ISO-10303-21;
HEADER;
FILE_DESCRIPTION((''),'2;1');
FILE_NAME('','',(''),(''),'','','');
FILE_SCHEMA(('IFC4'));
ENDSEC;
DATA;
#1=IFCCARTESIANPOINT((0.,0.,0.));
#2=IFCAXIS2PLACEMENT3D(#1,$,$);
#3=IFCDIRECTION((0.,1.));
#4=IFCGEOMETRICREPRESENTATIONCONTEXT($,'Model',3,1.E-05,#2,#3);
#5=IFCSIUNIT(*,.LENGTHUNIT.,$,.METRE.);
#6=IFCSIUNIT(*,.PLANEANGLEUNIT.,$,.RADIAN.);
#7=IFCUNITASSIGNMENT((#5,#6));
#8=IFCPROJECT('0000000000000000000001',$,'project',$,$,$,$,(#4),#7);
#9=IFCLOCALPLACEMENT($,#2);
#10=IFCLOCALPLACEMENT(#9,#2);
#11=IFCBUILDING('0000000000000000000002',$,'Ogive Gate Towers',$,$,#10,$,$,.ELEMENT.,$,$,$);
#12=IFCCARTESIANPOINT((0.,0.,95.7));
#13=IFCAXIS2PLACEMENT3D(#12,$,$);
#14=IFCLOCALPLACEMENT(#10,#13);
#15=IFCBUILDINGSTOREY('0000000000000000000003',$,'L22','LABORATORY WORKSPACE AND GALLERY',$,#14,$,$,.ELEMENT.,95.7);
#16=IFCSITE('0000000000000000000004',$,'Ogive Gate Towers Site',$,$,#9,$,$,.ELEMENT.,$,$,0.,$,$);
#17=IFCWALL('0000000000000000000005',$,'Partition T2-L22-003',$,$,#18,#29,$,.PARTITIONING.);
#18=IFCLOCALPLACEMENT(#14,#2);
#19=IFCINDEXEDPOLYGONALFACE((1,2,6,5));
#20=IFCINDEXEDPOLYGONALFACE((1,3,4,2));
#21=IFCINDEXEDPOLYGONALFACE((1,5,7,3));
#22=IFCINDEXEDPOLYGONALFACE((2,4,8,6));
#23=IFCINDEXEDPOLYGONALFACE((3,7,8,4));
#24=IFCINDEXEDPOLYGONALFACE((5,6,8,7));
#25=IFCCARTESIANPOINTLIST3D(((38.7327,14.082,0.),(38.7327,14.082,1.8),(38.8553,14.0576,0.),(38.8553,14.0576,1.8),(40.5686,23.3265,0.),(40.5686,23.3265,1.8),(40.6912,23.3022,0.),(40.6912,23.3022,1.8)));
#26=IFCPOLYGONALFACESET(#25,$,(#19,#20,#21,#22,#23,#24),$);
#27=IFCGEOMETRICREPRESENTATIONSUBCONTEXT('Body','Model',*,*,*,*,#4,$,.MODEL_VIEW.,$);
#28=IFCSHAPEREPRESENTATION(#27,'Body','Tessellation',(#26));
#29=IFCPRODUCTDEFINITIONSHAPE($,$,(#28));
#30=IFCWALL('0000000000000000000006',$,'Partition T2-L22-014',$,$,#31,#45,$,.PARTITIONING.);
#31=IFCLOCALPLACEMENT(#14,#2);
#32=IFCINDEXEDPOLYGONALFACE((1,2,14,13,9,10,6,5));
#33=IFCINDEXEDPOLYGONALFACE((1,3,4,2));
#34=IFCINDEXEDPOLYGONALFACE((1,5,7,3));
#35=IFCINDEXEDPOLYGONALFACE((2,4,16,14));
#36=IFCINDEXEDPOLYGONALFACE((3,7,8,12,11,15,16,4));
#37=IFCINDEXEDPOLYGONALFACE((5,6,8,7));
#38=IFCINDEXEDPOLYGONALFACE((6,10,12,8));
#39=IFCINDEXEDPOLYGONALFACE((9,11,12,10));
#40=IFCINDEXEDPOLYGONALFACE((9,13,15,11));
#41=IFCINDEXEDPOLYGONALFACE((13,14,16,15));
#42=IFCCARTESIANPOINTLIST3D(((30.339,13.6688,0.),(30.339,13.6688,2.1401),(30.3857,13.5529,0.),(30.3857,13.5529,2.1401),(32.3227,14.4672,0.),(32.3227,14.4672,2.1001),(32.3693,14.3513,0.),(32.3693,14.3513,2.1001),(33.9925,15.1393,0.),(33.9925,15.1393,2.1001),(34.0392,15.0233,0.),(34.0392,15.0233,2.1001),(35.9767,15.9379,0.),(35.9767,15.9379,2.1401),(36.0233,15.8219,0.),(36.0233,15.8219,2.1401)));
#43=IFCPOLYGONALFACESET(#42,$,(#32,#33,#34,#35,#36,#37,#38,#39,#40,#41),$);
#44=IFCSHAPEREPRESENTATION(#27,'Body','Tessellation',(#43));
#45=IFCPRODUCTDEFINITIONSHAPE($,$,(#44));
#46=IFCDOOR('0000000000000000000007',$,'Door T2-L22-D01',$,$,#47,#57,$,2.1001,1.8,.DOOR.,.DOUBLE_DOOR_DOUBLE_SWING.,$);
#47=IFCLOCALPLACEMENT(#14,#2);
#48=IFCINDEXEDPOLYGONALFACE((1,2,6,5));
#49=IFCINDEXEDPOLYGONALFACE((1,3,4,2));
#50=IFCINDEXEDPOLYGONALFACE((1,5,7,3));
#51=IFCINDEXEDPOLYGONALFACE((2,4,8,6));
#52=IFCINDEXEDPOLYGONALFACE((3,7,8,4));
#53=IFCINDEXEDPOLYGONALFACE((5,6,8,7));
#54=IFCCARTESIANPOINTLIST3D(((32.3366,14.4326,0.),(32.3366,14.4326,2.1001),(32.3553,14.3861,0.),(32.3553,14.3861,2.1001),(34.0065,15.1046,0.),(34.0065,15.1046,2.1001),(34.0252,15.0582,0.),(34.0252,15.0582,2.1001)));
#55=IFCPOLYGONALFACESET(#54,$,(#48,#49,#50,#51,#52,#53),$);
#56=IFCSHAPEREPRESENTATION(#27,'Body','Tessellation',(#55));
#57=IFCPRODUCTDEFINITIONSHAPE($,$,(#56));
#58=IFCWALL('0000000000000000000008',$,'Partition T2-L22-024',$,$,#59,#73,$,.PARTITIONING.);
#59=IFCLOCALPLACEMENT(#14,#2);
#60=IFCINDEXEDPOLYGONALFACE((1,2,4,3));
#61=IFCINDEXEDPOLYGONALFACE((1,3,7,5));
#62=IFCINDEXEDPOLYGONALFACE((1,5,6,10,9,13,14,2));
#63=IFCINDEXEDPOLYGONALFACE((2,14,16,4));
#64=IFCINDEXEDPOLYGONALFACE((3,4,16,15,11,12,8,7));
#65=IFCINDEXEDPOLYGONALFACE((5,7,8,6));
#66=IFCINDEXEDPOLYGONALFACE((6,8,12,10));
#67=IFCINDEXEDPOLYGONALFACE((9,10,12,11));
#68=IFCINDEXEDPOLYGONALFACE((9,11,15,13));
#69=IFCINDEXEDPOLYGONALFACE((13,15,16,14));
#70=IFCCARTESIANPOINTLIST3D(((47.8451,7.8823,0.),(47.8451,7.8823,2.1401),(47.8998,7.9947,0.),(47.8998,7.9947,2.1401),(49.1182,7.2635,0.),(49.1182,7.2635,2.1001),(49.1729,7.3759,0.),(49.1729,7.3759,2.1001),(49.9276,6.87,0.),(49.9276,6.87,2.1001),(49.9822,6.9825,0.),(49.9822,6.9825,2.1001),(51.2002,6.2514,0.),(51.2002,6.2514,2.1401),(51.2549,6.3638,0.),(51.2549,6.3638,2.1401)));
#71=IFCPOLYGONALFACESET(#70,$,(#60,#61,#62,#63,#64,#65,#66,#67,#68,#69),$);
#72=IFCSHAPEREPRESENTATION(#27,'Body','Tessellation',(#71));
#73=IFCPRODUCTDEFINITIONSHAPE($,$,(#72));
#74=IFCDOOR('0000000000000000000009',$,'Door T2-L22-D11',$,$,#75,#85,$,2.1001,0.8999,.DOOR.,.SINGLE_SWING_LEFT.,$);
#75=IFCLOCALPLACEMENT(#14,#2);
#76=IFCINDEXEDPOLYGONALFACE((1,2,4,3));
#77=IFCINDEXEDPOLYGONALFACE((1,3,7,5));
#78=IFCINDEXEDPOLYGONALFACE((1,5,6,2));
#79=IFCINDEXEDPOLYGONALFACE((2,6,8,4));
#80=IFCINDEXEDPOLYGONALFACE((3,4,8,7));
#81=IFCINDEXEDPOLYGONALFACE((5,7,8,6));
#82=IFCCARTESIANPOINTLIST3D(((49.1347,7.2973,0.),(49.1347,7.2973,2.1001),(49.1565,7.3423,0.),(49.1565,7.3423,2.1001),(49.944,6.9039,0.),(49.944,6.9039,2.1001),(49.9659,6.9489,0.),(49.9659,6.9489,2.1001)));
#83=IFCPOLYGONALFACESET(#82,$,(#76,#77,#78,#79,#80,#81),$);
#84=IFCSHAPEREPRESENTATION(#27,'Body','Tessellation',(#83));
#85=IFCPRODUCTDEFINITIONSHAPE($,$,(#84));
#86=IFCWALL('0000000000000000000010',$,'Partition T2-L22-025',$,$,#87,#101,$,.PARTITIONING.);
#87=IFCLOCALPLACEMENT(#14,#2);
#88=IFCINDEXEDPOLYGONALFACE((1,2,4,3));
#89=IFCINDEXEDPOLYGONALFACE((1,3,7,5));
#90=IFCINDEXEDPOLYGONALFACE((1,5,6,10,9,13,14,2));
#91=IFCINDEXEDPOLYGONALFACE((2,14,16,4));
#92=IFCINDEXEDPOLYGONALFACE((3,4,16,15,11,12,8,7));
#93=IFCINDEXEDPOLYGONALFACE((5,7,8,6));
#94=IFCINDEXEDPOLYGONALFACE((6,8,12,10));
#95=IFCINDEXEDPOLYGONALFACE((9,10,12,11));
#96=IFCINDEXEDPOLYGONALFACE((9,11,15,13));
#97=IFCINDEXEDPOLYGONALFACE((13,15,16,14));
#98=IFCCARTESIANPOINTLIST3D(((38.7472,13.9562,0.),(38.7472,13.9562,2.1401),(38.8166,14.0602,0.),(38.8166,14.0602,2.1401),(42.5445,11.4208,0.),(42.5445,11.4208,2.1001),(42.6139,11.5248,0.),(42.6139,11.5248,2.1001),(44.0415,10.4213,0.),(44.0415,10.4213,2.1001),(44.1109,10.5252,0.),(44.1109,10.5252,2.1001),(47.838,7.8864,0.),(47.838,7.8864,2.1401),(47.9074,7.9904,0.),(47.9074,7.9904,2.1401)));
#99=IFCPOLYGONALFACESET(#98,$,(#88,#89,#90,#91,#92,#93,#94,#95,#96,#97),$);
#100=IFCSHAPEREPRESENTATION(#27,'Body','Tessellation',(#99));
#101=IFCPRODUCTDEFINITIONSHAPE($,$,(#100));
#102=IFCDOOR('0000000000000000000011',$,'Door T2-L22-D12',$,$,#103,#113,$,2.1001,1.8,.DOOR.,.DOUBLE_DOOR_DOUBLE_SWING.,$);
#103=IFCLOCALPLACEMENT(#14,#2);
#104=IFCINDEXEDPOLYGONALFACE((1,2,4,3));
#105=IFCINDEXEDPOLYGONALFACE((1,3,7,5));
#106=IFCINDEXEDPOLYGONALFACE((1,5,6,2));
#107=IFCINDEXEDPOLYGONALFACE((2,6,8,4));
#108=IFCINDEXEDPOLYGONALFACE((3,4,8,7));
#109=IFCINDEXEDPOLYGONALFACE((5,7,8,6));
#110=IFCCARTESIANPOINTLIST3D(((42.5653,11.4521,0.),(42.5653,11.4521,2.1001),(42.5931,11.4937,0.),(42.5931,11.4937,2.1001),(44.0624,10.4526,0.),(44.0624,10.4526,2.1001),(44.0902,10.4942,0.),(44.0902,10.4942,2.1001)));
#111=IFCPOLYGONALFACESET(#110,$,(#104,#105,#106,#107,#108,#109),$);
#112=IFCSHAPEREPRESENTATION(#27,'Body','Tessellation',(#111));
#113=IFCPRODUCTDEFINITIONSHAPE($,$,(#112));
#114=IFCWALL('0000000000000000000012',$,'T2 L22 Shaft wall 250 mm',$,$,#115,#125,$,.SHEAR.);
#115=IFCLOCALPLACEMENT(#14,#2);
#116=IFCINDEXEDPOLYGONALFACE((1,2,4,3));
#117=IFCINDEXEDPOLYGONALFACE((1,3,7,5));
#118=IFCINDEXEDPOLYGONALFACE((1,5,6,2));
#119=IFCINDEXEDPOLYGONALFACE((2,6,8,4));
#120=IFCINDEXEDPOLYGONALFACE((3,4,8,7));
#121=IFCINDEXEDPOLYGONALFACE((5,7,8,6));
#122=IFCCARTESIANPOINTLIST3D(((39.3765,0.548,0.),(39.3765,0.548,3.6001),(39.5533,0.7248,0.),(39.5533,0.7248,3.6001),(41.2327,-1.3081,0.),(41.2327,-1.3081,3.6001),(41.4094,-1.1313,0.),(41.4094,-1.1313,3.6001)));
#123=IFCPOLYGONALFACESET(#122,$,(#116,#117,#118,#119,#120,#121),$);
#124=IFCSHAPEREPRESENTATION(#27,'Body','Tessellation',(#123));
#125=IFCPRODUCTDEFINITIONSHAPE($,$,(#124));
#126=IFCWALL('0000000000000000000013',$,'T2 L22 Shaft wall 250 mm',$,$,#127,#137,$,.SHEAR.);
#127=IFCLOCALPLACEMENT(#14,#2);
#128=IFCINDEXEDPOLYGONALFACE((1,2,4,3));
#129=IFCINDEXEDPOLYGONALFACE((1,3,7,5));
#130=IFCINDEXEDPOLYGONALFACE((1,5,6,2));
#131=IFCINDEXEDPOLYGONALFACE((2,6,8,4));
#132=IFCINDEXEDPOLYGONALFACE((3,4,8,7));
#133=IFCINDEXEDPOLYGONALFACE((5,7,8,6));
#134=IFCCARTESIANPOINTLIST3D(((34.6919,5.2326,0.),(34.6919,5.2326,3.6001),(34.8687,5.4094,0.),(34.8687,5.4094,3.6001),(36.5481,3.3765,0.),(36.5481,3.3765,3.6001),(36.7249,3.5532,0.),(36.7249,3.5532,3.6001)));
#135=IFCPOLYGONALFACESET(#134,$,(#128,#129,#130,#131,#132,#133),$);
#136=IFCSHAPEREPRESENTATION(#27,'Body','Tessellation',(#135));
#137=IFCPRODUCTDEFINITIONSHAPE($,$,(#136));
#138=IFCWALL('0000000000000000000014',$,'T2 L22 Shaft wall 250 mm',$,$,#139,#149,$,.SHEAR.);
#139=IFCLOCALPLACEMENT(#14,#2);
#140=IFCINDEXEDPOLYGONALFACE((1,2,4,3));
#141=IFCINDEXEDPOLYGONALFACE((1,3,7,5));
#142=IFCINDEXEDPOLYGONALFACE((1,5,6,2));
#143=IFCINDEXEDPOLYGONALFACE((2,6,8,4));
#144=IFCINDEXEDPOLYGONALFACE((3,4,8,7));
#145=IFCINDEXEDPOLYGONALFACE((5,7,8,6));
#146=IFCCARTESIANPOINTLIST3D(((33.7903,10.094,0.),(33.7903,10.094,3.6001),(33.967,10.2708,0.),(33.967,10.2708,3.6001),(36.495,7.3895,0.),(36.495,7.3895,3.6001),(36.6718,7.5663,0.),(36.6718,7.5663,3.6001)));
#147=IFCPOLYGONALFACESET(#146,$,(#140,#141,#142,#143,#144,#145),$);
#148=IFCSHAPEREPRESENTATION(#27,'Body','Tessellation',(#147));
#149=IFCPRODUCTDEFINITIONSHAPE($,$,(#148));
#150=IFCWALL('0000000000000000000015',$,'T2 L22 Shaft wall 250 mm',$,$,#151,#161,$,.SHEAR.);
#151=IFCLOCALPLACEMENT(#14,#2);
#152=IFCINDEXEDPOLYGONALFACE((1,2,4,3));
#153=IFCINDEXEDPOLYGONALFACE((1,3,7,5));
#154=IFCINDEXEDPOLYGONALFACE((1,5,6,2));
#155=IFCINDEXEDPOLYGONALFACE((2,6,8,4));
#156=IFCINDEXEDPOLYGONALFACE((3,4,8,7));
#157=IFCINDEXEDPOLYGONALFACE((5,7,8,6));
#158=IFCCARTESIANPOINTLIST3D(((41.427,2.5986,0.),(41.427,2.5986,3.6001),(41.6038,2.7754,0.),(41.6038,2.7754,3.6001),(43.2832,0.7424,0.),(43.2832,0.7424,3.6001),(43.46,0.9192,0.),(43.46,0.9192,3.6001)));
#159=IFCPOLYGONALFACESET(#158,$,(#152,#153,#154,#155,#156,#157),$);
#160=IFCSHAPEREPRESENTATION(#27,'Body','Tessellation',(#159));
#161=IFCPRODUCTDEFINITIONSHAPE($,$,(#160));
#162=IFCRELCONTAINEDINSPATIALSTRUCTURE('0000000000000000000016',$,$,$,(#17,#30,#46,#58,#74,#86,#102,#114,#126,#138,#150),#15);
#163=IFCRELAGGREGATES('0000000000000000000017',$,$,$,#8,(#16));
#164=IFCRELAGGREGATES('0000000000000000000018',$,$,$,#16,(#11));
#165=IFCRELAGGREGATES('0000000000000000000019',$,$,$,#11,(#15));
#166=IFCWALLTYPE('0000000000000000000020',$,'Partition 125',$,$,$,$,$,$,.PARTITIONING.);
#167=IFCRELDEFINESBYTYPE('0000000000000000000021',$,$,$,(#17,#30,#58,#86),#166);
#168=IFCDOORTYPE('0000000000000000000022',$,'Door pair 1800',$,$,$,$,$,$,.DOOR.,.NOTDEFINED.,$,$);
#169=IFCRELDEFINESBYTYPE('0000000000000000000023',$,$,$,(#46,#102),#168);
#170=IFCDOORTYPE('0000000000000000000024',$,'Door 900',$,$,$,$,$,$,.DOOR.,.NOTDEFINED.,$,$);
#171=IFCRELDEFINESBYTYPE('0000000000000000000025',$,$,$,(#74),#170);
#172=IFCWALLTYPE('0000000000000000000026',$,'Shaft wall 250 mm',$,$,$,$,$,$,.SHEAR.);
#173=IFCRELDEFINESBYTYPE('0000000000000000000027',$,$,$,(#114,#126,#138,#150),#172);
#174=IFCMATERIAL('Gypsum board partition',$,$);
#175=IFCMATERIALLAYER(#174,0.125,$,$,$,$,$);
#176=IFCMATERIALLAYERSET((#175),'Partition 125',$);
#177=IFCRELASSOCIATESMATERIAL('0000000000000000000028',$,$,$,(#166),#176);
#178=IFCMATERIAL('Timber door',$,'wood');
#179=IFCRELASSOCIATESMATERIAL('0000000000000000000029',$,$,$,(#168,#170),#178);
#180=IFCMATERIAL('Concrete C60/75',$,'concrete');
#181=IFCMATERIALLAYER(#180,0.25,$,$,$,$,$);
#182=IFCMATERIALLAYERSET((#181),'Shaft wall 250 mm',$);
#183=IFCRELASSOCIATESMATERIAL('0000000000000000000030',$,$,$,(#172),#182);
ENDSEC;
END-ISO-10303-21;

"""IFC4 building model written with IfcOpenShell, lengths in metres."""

from ifc_helpers import new_model, si_unit, direction, frame, frame_2d, origin, place, context, subcontext, project, spatial, rectangle, extrude, material, layer, layer_set, type_object, element, fill, save


model = new_model("IFC4")

# Units and contexts
model_context = context("Model", 3, precision=1e-05, world=origin(), true_north=direction((0.0, 1.0)))
body_context = subcontext(model_context, "Body", "Model", "MODEL_VIEW")
ifc_project = project(units=[si_unit("LENGTHUNIT", "METRE"), si_unit("PLANEANGLEUNIT", "RADIAN")], contexts=[model_context])

# Site, building, storey
site_placement = place(None, origin())
site = spatial("IfcSite", under=ifc_project, at=site_placement, Name="Ogive Gate Towers Site", CompositionType="ELEMENT", RefElevation=0.0)
building_placement = place(site_placement, origin())
building = spatial("IfcBuilding", under=site, at=building_placement, Name="Ogive Gate Towers", CompositionType="ELEMENT")
storey_placement = place(building_placement, frame((0.0, 0.0, 95.7)))
storey = spatial("IfcBuildingStorey", under=building, at=storey_placement, Name="L22", Description="LABORATORY WORKSPACE AND GALLERY", CompositionType="ELEMENT", Elevation=95.7)

# Shared definitions
ifc_material_1 = material(Name="Concrete C60/75", Category="concrete")

# Wall
ifc_material_2 = material(Name="Gypsum board partition")
ifc_layer_1 = layer(ifc_material_2, 0.125)
ifc_layer_set_1 = layer_set([ifc_layer_1], Name="Partition 125")
wall_type_1 = type_object("IfcWallType", Name="Partition 125", PredefinedType="PARTITIONING", material=ifc_layer_set_1)
wall_1_placement = place(storey_placement, frame((40.6299, 23.3142, 0.0), z_axis=(0.0, 0.0, 1.0), x_axis=(-0.194791, -0.980845, 0.0)))
element("IfcWall", 1, at=wall_1_placement, inside=storey, type_object=wall_type_1, Name="Partition T2-L22-003", PredefinedType="PARTITIONING", context=body_context, shape_type="SweptSolid", body=[
    extrude(rectangle(XDim=9.425, YDim=0.125, at=frame_2d((4.7124, 0.0))), origin(), (0.0, 0.0, 1.0), 1.8),
])

# Walls, openings, doors
wall_2_placement = place(storey_placement, frame((36.0, 15.8799, 0.0), z_axis=(0.0, 0.0, 1.0), x_axis=(-0.927682, -0.373371, 0.0)))
wall_2 = element("IfcWall", 2, at=wall_2_placement, inside=storey, type_object=wall_type_1, Name="Partition T2-L22-014", PredefinedType="PARTITIONING", context=body_context, shape_type="SweptSolid", body=[
    extrude(rectangle(XDim=6.0771, YDim=0.125, at=frame_2d((3.0386, 0.0))), origin(), (0.0, 0.0, 1.0), 2.1401),
])
opening_1_placement = place(wall_2_placement, frame((2.1389, 0.0, 0.0)))
opening_1 = element("IfcOpeningElement", 3, at=opening_1_placement, cuts=wall_2, PredefinedType="OPENING", context=body_context, shape_type="SweptSolid", body=[
    extrude(rectangle(XDim=1.8, YDim=2.1001, at=frame_2d((0.8999, 1.05))), frame((0.0, 0.0725, 0.0), z_axis=(0.0, -1.0, 0.0), x_axis=(1.0, 0.0, 0.0)), (0.0, 0.0, 1.0), 0.145),
])
ifc_material_3 = material(Name="Timber door", Category="wood")
door_type_1 = type_object("IfcDoorType", Name="Door pair 1800", OperationType="NOTDEFINED", PredefinedType="DOOR", material=ifc_material_3)
door_1_placement = place(opening_1_placement, origin())
door_1 = element("IfcDoor", 4, at=door_1_placement, inside=storey, type_object=door_type_1, Name="Door T2-L22-D01", OperationType="DOUBLE_DOOR_DOUBLE_SWING", OverallHeight=2.1001, OverallWidth=1.8, PredefinedType="DOOR", context=body_context, shape_type="SweptSolid", body=[
    extrude(rectangle(XDim=1.8, YDim=2.1001, at=frame_2d((0.8999, 1.05))), frame((0.0, 0.0249, 0.0), z_axis=(0.0, -1.0, 0.0), x_axis=(1.0, 0.0, 0.0)), (0.0, 0.0, 1.0), 0.05),
])
fill(opening_1, door_1)
wall_3_placement = place(storey_placement, frame((51.2275, 6.3076, 0.0), z_axis=(0.0, 0.0, 1.0), x_axis=(-0.899371, 0.437185, 0.0)))
wall_3 = element("IfcWall", 5, at=wall_3_placement, inside=storey, type_object=wall_type_1, Name="Partition T2-L22-024", PredefinedType="PARTITIONING", context=body_context, shape_type="SweptSolid", body=[
    extrude(rectangle(XDim=3.7305, YDim=0.125, at=frame_2d((1.8652, 0.0))), origin(), (0.0, 0.0, 1.0), 2.1401),
])
opening_2_placement = place(wall_3_placement, frame((1.415, 0.0, 0.0)))
opening_2 = element("IfcOpeningElement", 6, at=opening_2_placement, cuts=wall_3, PredefinedType="OPENING", context=body_context, shape_type="SweptSolid", body=[
    extrude(rectangle(XDim=0.8999, YDim=2.1001, at=frame_2d((0.45, 1.05))), frame((0.0, 0.0725, 0.0), z_axis=(0.0, -1.0, 0.0), x_axis=(1.0, 0.0, 0.0)), (0.0, 0.0, 1.0), 0.145),
])
door_type_2 = type_object("IfcDoorType", Name="Door 900", OperationType="NOTDEFINED", PredefinedType="DOOR", material=ifc_material_3)
door_2_placement = place(opening_2_placement, origin())
door_2 = element("IfcDoor", 7, at=door_2_placement, inside=storey, type_object=door_type_2, Name="Door T2-L22-D11", OperationType="SINGLE_SWING_LEFT", OverallHeight=2.1001, OverallWidth=0.8999, PredefinedType="DOOR", context=body_context, shape_type="SweptSolid", body=[
    extrude(rectangle(XDim=0.8999, YDim=2.1001, at=frame_2d((0.45, 1.05))), frame((0.0, 0.0249, 0.0), z_axis=(0.0, -1.0, 0.0), x_axis=(1.0, 0.0, 0.0)), (0.0, 0.0, 1.0), 0.05),
])
fill(opening_2, door_2)
wall_4_placement = place(storey_placement, frame((47.8726, 7.9385, 0.0), z_axis=(0.0, 0.0, 1.0), x_axis=(-0.831658, 0.555288, 0.0)))
wall_4 = element("IfcWall", 8, at=wall_4_placement, inside=storey, type_object=wall_type_1, Name="Partition T2-L22-025", PredefinedType="PARTITIONING", context=body_context, shape_type="SweptSolid", body=[
    extrude(rectangle(XDim=10.9309, YDim=0.125, at=frame_2d((5.4653, 0.0))), origin(), (0.0, 0.0, 1.0), 2.1401),
])
opening_3_placement = place(wall_4_placement, frame((4.5649, 0.0, 0.0)))
opening_3 = element("IfcOpeningElement", 9, at=opening_3_placement, cuts=wall_4, PredefinedType="OPENING", context=body_context, shape_type="SweptSolid", body=[
    extrude(rectangle(XDim=1.8, YDim=2.1001, at=frame_2d((0.8999, 1.05))), frame((0.0, 0.0725, 0.0), z_axis=(0.0, -1.0, 0.0), x_axis=(1.0, 0.0, 0.0)), (0.0, 0.0, 1.0), 0.145),
])
door_3_placement = place(opening_3_placement, origin())
door_3 = element("IfcDoor", 10, at=door_3_placement, inside=storey, type_object=door_type_1, Name="Door T2-L22-D12", OperationType="DOUBLE_DOOR_DOUBLE_SWING", OverallHeight=2.1001, OverallWidth=1.8, PredefinedType="DOOR", context=body_context, shape_type="SweptSolid", body=[
    extrude(rectangle(XDim=1.8, YDim=2.1001, at=frame_2d((0.8999, 1.05))), frame((0.0, 0.0249, 0.0), z_axis=(0.0, -1.0, 0.0), x_axis=(1.0, 0.0, 0.0)), (0.0, 0.0, 1.0), 0.05),
])
fill(opening_3, door_3)

# Walls
ifc_layer_2 = layer(ifc_material_1, 0.25)
ifc_layer_set_2 = layer_set([ifc_layer_2], Name="Shaft wall 250 mm")
wall_type_2 = type_object("IfcWallType", Name="Shaft wall 250 mm", PredefinedType="SHEAR", material=ifc_layer_set_2)
for number, where, z_axis, x_axis, name in (
    (11, (41.321, -1.2197, 0.0), (0.0, 0.0, 1.0), (-0.707107, 0.707107, 0.0), "T2 L22 Shaft wall 250 mm"),
    (12, (36.6365, 3.4648, 0.0), (0.0, 0.0, 1.0), (-0.707107, 0.707107, 0.0), "T2 L22 Shaft wall 250 mm"),
):
    element("IfcWall", number, at=place(storey_placement, frame(where, z_axis=z_axis, x_axis=x_axis)), inside=storey, type_object=wall_type_2, Name=name, PredefinedType="SHEAR", context=body_context, shape_type="SweptSolid", body=[
        extrude(rectangle(XDim=2.625, YDim=0.25, at=frame_2d((1.3125, 0.0))), origin(), (0.0, 0.0, 1.0), 3.6001),
    ])
wall_5_placement = place(storey_placement, frame((36.5835, 7.4778, 0.0), z_axis=(0.0, 0.0, 1.0), x_axis=(-0.707139, 0.707075, 0.0)))
element("IfcWall", 13, at=wall_5_placement, inside=storey, type_object=wall_type_2, Name="T2 L22 Shaft wall 250 mm", PredefinedType="SHEAR", context=body_context, shape_type="SweptSolid", body=[
    extrude(rectangle(XDim=3.825, YDim=0.25, at=frame_2d((1.9126, 0.0))), origin(), (0.0, 0.0, 1.0), 3.6001),
])
wall_6_placement = place(storey_placement, frame((43.3716, 0.8308, 0.0), z_axis=(0.0, 0.0, 1.0), x_axis=(-0.707107, 0.707107, 0.0)))
element("IfcWall", 14, at=wall_6_placement, inside=storey, type_object=wall_type_2, Name="T2 L22 Shaft wall 250 mm", PredefinedType="SHEAR", context=body_context, shape_type="SweptSolid", body=[
    extrude(rectangle(XDim=2.625, YDim=0.25, at=frame_2d((1.3125, 0.0))), origin(), (0.0, 0.0, 1.0), 3.6001),
])

save(model, "model.ifc")
